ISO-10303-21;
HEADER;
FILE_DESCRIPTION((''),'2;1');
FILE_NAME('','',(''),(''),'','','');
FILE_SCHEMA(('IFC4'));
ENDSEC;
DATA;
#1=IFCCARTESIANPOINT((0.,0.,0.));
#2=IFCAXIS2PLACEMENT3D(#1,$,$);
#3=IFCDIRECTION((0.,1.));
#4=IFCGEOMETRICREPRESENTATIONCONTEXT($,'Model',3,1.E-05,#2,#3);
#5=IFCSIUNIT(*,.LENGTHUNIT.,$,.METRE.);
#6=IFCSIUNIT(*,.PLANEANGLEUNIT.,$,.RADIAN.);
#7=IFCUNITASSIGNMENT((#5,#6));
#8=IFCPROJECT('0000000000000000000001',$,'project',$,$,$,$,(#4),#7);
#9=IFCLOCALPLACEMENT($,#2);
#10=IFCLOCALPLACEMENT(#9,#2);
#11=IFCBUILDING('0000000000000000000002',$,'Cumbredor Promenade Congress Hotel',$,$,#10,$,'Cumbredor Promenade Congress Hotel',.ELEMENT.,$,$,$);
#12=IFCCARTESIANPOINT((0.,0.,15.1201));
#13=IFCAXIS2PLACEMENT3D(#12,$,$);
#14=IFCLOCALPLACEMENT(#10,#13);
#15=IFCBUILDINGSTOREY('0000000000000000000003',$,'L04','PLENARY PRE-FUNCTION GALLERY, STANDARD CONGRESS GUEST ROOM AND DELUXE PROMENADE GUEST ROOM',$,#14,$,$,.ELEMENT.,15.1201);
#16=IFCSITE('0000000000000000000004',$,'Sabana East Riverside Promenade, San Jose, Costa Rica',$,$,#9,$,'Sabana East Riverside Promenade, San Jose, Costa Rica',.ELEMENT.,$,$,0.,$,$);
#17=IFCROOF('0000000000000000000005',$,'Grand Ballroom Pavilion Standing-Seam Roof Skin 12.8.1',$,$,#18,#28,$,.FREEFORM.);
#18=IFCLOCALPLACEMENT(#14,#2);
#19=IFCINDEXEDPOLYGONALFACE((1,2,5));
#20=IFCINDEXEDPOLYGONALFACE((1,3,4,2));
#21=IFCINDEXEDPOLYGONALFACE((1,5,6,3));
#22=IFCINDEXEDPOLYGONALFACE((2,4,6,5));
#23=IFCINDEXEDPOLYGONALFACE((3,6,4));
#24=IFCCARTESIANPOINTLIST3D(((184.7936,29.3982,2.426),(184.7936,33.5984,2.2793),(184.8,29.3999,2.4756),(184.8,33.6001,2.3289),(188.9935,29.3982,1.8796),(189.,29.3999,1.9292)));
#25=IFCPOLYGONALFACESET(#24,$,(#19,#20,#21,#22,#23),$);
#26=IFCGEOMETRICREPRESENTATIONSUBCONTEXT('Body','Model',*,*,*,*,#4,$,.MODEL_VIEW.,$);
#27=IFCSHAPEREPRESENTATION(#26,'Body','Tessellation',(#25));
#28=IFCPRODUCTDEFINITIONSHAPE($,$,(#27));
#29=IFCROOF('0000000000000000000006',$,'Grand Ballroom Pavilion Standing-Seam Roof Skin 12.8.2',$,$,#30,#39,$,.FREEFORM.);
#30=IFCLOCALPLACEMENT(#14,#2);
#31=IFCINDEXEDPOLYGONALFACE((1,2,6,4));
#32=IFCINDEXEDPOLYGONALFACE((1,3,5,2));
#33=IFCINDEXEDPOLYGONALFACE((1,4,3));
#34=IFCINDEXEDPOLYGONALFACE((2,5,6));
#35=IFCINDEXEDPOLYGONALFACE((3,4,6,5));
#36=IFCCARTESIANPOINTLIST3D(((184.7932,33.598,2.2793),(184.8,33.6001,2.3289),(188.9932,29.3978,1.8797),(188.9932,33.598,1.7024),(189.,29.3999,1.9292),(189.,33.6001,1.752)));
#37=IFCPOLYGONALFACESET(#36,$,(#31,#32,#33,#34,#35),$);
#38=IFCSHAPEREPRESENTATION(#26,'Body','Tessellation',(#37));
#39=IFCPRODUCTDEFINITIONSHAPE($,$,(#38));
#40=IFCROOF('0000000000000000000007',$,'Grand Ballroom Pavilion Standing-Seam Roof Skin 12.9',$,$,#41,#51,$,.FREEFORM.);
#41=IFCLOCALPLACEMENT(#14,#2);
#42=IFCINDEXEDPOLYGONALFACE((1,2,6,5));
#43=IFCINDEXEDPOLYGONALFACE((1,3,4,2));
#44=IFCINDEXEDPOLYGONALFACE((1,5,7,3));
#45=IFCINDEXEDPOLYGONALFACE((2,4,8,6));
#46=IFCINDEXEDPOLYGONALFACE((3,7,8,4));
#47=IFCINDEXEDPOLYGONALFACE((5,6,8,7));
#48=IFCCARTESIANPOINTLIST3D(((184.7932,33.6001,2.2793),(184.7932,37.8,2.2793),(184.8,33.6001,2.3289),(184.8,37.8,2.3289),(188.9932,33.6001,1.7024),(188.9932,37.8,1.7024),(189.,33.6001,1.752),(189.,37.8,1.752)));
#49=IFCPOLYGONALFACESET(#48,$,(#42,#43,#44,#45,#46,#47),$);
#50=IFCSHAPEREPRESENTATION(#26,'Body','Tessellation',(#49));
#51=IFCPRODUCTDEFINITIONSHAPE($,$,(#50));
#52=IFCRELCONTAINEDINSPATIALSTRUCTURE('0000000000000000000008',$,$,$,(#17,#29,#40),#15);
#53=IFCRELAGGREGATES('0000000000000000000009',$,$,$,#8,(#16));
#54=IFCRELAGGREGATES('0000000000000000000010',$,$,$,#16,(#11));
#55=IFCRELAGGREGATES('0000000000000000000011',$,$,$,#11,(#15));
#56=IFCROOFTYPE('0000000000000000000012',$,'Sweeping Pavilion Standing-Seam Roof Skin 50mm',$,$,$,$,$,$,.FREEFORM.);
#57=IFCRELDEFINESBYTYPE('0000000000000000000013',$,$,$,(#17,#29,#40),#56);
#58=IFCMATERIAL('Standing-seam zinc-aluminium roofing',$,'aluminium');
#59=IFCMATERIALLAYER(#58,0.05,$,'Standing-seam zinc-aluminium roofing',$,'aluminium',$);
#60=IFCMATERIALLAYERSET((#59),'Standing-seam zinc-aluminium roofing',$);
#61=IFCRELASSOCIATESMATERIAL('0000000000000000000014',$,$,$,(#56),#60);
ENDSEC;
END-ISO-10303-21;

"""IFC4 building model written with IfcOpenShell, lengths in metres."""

from ifc_helpers import new_model, si_unit, direction, frame, origin, place, context, subcontext, project, spatial, polyline, outline, extrude, material, layer, layer_set, type_object, element, save


model = new_model("IFC4")

# Units and contexts
model_context = context("Model", 3, precision=1e-05, world=origin(), true_north=direction((0.0, 1.0)))
body_context = subcontext(model_context, "Body", "Model", "MODEL_VIEW")
ifc_project = project(units=[si_unit("LENGTHUNIT", "METRE"), si_unit("PLANEANGLEUNIT", "RADIAN")], contexts=[model_context])

# Site, building, storey
site_placement = place(None, origin())
site = spatial("IfcSite", under=ifc_project, at=site_placement, Name="Sabana East Riverside Promenade, San Jose, Costa Rica", LongName="Sabana East Riverside Promenade, San Jose, Costa Rica", CompositionType="ELEMENT", RefElevation=0.0)
building_placement = place(site_placement, origin())
building = spatial("IfcBuilding", under=site, at=building_placement, Name="Cumbredor Promenade Congress Hotel", LongName="Cumbredor Promenade Congress Hotel", CompositionType="ELEMENT")
storey_placement = place(building_placement, frame((0.0, 0.0, 15.1201)))
storey = spatial("IfcBuildingStorey", under=building, at=storey_placement, Name="L04", Description="PLENARY PRE-FUNCTION GALLERY, STANDARD CONGRESS GUEST ROOM AND DELUXE PROMENADE GUEST ROOM", CompositionType="ELEMENT", Elevation=15.1201)

# Roofs
ifc_material_1 = material(Name="Standing-seam zinc-aluminium roofing", Category="aluminium")
ifc_layer_1 = layer(ifc_material_1, 0.05, Name="Standing-seam zinc-aluminium roofing", Category="aluminium")
ifc_layer_set_1 = layer_set([ifc_layer_1], Name="Standing-seam zinc-aluminium roofing")
roof_type = type_object("IfcRoofType", Name="Sweeping Pavilion Standing-Seam Roof Skin 50mm", PredefinedType="FREEFORM", material=ifc_layer_set_1)
roof_1_placement = place(storey_placement, frame((184.8, 29.3999, 2.4756), z_axis=(0.128929, 0.034621, 0.991049), x_axis=(0.991644, 0.0, -0.129006)))
element("IfcRoof", 1, at=roof_1_placement, inside=storey, type_object=roof_type, Name="Grand Ballroom Pavilion Standing-Seam Roof Skin 12.8.1", PredefinedType="FREEFORM", context=body_context, shape_type="SweptSolid", body=[
    extrude(outline(polyline([(0.0, 0.0), (4.2353, 0.0), (0.0189, 4.2027), (0.0, 0.0)])), origin(), (0.0, 0.0, -1.0), 0.05),
])
roof_2_placement = place(storey_placement, frame((189.0, 29.3999, 1.9292), z_axis=(0.135963, 0.04177, 0.989833), x_axis=(0.0, 0.999111, -0.042162)))
element("IfcRoof", 2, at=roof_2_placement, inside=storey, type_object=roof_type, Name="Grand Ballroom Pavilion Standing-Seam Roof Skin 12.8.2", PredefinedType="FREEFORM", context=body_context, shape_type="SweptSolid", body=[
    extrude(outline(polyline([(0.0, 0.0), (4.2039, 0.0), (4.1796, 4.2393), (0.0, 0.0)])), origin(), (0.0, 0.0, -1.0), 0.05),
])
roof_3_placement = place(storey_placement, frame((184.8, 33.6001, 2.3289), z_axis=(0.136082, 0.0, 0.990698), x_axis=(0.990698, 0.0, -0.136082)))
element("IfcRoof", 3, at=roof_3_placement, inside=storey, type_object=roof_type, Name="Grand Ballroom Pavilion Standing-Seam Roof Skin 12.9", PredefinedType="FREEFORM", context=body_context, shape_type="SweptSolid", body=[
    extrude(outline(polyline([(0.0, 0.0), (4.2394, 0.0), (4.2394, 4.2), (0.0, 4.2), (0.0, 0.0)])), origin(), (0.0, 0.0, -1.0), 0.05),
])

save(model, "model.ifc")
